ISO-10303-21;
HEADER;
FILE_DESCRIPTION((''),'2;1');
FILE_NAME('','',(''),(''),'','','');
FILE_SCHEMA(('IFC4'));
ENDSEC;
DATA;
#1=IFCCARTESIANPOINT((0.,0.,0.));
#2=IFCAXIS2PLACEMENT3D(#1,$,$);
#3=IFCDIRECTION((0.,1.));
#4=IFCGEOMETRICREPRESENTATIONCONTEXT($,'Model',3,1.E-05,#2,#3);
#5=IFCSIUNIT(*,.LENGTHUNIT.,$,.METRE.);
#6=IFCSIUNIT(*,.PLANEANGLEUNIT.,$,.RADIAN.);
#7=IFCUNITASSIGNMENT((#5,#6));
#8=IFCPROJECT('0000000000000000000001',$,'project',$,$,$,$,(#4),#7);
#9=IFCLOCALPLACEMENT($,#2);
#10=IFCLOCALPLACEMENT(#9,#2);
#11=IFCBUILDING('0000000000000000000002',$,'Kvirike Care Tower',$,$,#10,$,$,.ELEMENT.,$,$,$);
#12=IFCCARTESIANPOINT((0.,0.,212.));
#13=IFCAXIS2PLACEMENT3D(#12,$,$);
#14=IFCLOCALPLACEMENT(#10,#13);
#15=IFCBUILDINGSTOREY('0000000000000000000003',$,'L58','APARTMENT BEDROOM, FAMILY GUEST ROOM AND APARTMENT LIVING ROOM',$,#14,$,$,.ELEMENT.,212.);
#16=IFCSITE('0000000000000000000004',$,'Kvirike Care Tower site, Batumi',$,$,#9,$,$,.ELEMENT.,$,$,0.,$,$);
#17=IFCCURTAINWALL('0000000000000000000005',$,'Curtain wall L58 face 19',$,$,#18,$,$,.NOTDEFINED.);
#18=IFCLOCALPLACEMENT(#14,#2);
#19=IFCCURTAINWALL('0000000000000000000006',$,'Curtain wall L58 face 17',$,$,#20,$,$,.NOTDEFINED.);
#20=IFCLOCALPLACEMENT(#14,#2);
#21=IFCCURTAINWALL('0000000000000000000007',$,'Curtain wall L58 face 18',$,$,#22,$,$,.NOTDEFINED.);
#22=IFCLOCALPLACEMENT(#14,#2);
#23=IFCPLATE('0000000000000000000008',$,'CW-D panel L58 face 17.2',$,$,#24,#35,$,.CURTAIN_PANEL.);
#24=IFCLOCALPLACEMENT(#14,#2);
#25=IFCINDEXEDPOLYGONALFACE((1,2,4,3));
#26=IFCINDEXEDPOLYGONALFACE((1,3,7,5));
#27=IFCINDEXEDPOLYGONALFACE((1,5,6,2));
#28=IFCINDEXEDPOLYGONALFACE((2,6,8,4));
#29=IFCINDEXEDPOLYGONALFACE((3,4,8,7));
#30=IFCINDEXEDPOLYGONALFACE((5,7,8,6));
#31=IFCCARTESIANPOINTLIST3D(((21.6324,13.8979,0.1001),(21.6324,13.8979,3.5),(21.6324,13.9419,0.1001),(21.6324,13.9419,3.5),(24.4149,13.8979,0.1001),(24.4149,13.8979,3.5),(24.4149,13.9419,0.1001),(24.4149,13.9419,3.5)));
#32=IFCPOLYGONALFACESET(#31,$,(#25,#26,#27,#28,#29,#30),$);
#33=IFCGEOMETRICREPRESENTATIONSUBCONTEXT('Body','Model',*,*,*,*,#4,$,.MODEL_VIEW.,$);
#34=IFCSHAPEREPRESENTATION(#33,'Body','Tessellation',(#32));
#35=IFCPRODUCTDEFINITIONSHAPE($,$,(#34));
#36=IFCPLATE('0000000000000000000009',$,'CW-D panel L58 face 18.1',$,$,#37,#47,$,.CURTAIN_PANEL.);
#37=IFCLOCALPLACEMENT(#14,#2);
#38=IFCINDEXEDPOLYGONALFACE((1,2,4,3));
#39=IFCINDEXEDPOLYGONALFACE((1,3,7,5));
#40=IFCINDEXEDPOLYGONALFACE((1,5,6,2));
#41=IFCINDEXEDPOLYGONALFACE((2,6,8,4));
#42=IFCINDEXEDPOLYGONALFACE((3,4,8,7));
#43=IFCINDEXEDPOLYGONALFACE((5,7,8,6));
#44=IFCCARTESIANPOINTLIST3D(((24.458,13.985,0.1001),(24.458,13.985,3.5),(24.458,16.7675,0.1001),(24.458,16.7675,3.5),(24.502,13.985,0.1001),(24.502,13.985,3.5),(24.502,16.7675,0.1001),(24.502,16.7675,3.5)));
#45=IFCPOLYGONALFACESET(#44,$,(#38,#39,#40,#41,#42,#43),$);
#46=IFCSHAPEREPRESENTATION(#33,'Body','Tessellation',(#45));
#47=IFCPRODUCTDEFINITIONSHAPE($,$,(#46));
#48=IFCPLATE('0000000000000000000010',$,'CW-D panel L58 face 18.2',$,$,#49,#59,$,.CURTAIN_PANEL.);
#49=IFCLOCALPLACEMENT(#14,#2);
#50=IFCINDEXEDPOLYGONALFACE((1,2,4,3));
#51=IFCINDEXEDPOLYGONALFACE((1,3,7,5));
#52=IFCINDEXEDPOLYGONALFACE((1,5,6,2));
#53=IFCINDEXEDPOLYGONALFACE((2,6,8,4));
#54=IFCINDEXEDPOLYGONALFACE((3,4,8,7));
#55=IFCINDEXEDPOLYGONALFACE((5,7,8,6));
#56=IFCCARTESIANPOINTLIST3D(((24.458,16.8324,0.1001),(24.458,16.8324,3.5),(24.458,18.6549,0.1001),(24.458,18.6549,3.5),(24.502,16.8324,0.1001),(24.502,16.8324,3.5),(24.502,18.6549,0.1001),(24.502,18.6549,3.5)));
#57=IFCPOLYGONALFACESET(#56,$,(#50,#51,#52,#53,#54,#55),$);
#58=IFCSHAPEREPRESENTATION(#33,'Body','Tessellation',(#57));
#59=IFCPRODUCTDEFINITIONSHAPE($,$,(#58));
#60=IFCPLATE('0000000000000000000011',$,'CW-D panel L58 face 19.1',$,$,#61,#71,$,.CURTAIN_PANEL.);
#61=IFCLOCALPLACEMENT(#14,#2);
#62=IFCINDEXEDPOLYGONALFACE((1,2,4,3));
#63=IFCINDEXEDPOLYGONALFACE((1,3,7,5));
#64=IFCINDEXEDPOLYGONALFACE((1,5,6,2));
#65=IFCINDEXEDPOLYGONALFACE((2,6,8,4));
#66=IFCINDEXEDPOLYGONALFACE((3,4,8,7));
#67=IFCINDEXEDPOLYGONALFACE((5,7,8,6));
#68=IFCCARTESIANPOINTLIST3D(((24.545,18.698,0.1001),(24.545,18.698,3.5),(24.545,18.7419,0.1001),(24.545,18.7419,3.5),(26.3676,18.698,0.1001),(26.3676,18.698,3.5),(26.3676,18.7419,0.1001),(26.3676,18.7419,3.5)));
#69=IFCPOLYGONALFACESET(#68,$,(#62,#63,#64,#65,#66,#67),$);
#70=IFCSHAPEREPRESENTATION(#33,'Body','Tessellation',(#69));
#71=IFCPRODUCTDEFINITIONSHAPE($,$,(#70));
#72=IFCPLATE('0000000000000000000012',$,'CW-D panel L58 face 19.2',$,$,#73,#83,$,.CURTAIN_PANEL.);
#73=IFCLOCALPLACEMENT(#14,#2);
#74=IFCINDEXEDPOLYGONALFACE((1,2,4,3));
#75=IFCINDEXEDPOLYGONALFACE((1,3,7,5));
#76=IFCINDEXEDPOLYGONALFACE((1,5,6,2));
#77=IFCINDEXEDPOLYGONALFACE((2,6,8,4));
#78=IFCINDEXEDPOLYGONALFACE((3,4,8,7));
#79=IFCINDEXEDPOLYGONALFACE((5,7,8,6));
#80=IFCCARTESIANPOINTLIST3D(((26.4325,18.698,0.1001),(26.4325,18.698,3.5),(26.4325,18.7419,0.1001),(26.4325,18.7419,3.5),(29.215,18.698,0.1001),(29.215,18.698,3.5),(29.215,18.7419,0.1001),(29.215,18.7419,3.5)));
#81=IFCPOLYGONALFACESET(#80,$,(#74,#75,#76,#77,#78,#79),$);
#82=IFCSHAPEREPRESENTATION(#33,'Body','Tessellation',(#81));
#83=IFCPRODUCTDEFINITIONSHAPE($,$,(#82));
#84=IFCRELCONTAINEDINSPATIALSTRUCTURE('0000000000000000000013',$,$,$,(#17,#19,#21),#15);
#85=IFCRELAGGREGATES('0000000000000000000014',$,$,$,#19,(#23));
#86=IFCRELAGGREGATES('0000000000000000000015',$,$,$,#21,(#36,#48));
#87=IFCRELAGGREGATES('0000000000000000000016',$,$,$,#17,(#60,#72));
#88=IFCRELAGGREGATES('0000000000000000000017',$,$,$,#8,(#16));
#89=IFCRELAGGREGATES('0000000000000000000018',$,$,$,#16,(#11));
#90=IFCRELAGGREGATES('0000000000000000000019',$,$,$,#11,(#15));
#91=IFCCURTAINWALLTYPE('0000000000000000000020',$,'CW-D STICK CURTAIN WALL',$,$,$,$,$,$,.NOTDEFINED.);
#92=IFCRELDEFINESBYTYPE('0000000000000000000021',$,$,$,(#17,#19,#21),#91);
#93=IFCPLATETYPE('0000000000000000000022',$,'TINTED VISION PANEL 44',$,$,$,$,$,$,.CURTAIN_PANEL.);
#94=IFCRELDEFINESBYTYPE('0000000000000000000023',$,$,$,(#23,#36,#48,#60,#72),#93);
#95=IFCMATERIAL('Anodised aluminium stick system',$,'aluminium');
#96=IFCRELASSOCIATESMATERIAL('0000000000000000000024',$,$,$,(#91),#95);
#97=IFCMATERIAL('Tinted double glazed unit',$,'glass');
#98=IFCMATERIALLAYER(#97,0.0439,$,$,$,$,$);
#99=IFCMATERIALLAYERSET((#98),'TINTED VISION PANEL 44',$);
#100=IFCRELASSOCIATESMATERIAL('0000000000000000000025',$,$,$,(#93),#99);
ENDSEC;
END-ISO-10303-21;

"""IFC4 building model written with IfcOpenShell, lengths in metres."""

from ifc_helpers import new_model, si_unit, direction, frame, origin, origin_2d, place, context, subcontext, project, spatial, rectangle, extrude, material, layer, layer_set, type_object, element, aggregate, save


model = new_model("IFC4")

# Units and contexts
model_context = context("Model", 3, precision=1e-05, world=origin(), true_north=direction((0.0, 1.0)))
body_context = subcontext(model_context, "Body", "Model", "MODEL_VIEW")
ifc_project = project(units=[si_unit("LENGTHUNIT", "METRE"), si_unit("PLANEANGLEUNIT", "RADIAN")], contexts=[model_context])

# Site, building, storey
site_placement = place(None, origin())
site = spatial("IfcSite", under=ifc_project, at=site_placement, Name="Kvirike Care Tower site, Batumi", CompositionType="ELEMENT", RefElevation=0.0)
building_placement = place(site_placement, origin())
building = spatial("IfcBuilding", under=site, at=building_placement, Name="Kvirike Care Tower", CompositionType="ELEMENT")
storey_placement = place(building_placement, frame((0.0, 0.0, 212.0)))
storey = spatial("IfcBuildingStorey", under=building, at=storey_placement, Name="L58", Description="APARTMENT BEDROOM, FAMILY GUEST ROOM AND APARTMENT LIVING ROOM", CompositionType="ELEMENT", Elevation=212.0)

# Curtain wall
ifc_material_1 = material(Name="Anodised aluminium stick system", Category="aluminium")
curtain_wall_type = type_object("IfcCurtainWallType", Name="CW-D STICK CURTAIN WALL", PredefinedType="NOTDEFINED", material=ifc_material_1)
curtain_wall_1_placement = place(storey_placement, origin())
curtain_wall_1 = element("IfcCurtainWall", 1, at=curtain_wall_1_placement, inside=storey, type_object=curtain_wall_type, Name="Curtain wall L58 face 19", PredefinedType="NOTDEFINED")

# Curtain walls
curtain_wall_2_placement = place(storey_placement, origin())
curtain_wall_2 = element("IfcCurtainWall", 2, at=curtain_wall_2_placement, inside=storey, type_object=curtain_wall_type, Name="Curtain wall L58 face 17", PredefinedType="NOTDEFINED")
curtain_wall_3_placement = place(storey_placement, origin())
curtain_wall_3 = element("IfcCurtainWall", 3, at=curtain_wall_3_placement, inside=storey, type_object=curtain_wall_type, Name="Curtain wall L58 face 18", PredefinedType="NOTDEFINED")

# Plates
ifc_material_2 = material(Name="Tinted double glazed unit", Category="glass")
ifc_layer = layer(ifc_material_2, 0.0439)
ifc_layer_set = layer_set([ifc_layer], Name="TINTED VISION PANEL 44")
plate_type = type_object("IfcPlateType", Name="TINTED VISION PANEL 44", PredefinedType="CURTAIN_PANEL", material=ifc_layer_set)
plate_1_placement = place(storey_placement, frame((23.0237, 13.9199, 0.1001), z_axis=(0.0, 0.0, 1.0), x_axis=(1.0, 0.0, 0.0)))
plate_1 = element("IfcPlate", 4, at=plate_1_placement, type_object=plate_type, Name="CW-D panel L58 face 17.2", PredefinedType="CURTAIN_PANEL", context=body_context, shape_type="SweptSolid", body=[
    extrude(rectangle(XDim=2.7825, YDim=0.0439, at=origin_2d()), origin(), (0.0, 0.0, 1.0), 3.3999),
])
aggregate(curtain_wall_2, [plate_1])
plate_2_placement = place(storey_placement, frame((24.48, 15.3762, 0.1001), z_axis=(0.0, 0.0, 1.0), x_axis=(0.0, 1.0, 0.0)))
plate_2 = element("IfcPlate", 5, at=plate_2_placement, type_object=plate_type, Name="CW-D panel L58 face 18.1", PredefinedType="CURTAIN_PANEL", context=body_context, shape_type="SweptSolid", body=[
    extrude(rectangle(XDim=2.7825, YDim=0.0439, at=origin_2d()), origin(), (0.0, 0.0, 1.0), 3.3999),
])
plate_3_placement = place(storey_placement, frame((24.48, 17.7437, 0.1001), z_axis=(0.0, 0.0, 1.0), x_axis=(0.0, 1.0, 0.0)))
plate_3 = element("IfcPlate", 6, at=plate_3_placement, type_object=plate_type, Name="CW-D panel L58 face 18.2", PredefinedType="CURTAIN_PANEL", context=body_context, shape_type="SweptSolid", body=[
    extrude(rectangle(XDim=1.8225, YDim=0.0439, at=origin_2d()), origin(), (0.0, 0.0, 1.0), 3.3999),
])
aggregate(curtain_wall_3, [plate_2, plate_3])
plate_4_placement = place(storey_placement, frame((25.4563, 18.72, 0.1001), z_axis=(0.0, 0.0, 1.0), x_axis=(1.0, 0.0, 0.0)))
plate_4 = element("IfcPlate", 7, at=plate_4_placement, type_object=plate_type, Name="CW-D panel L58 face 19.1", PredefinedType="CURTAIN_PANEL", context=body_context, shape_type="SweptSolid", body=[
    extrude(rectangle(XDim=1.8225, YDim=0.0439, at=origin_2d()), origin(), (0.0, 0.0, 1.0), 3.3999),
])
plate_5_placement = place(storey_placement, frame((27.8237, 18.72, 0.1001), z_axis=(0.0, 0.0, 1.0), x_axis=(1.0, 0.0, 0.0)))
plate_5 = element("IfcPlate", 8, at=plate_5_placement, type_object=plate_type, Name="CW-D panel L58 face 19.2", PredefinedType="CURTAIN_PANEL", context=body_context, shape_type="SweptSolid", body=[
    extrude(rectangle(XDim=2.7825, YDim=0.0439, at=origin_2d()), origin(), (0.0, 0.0, 1.0), 3.3999),
])
aggregate(curtain_wall_1, [plate_4, plate_5])

save(model, "model.ifc")
